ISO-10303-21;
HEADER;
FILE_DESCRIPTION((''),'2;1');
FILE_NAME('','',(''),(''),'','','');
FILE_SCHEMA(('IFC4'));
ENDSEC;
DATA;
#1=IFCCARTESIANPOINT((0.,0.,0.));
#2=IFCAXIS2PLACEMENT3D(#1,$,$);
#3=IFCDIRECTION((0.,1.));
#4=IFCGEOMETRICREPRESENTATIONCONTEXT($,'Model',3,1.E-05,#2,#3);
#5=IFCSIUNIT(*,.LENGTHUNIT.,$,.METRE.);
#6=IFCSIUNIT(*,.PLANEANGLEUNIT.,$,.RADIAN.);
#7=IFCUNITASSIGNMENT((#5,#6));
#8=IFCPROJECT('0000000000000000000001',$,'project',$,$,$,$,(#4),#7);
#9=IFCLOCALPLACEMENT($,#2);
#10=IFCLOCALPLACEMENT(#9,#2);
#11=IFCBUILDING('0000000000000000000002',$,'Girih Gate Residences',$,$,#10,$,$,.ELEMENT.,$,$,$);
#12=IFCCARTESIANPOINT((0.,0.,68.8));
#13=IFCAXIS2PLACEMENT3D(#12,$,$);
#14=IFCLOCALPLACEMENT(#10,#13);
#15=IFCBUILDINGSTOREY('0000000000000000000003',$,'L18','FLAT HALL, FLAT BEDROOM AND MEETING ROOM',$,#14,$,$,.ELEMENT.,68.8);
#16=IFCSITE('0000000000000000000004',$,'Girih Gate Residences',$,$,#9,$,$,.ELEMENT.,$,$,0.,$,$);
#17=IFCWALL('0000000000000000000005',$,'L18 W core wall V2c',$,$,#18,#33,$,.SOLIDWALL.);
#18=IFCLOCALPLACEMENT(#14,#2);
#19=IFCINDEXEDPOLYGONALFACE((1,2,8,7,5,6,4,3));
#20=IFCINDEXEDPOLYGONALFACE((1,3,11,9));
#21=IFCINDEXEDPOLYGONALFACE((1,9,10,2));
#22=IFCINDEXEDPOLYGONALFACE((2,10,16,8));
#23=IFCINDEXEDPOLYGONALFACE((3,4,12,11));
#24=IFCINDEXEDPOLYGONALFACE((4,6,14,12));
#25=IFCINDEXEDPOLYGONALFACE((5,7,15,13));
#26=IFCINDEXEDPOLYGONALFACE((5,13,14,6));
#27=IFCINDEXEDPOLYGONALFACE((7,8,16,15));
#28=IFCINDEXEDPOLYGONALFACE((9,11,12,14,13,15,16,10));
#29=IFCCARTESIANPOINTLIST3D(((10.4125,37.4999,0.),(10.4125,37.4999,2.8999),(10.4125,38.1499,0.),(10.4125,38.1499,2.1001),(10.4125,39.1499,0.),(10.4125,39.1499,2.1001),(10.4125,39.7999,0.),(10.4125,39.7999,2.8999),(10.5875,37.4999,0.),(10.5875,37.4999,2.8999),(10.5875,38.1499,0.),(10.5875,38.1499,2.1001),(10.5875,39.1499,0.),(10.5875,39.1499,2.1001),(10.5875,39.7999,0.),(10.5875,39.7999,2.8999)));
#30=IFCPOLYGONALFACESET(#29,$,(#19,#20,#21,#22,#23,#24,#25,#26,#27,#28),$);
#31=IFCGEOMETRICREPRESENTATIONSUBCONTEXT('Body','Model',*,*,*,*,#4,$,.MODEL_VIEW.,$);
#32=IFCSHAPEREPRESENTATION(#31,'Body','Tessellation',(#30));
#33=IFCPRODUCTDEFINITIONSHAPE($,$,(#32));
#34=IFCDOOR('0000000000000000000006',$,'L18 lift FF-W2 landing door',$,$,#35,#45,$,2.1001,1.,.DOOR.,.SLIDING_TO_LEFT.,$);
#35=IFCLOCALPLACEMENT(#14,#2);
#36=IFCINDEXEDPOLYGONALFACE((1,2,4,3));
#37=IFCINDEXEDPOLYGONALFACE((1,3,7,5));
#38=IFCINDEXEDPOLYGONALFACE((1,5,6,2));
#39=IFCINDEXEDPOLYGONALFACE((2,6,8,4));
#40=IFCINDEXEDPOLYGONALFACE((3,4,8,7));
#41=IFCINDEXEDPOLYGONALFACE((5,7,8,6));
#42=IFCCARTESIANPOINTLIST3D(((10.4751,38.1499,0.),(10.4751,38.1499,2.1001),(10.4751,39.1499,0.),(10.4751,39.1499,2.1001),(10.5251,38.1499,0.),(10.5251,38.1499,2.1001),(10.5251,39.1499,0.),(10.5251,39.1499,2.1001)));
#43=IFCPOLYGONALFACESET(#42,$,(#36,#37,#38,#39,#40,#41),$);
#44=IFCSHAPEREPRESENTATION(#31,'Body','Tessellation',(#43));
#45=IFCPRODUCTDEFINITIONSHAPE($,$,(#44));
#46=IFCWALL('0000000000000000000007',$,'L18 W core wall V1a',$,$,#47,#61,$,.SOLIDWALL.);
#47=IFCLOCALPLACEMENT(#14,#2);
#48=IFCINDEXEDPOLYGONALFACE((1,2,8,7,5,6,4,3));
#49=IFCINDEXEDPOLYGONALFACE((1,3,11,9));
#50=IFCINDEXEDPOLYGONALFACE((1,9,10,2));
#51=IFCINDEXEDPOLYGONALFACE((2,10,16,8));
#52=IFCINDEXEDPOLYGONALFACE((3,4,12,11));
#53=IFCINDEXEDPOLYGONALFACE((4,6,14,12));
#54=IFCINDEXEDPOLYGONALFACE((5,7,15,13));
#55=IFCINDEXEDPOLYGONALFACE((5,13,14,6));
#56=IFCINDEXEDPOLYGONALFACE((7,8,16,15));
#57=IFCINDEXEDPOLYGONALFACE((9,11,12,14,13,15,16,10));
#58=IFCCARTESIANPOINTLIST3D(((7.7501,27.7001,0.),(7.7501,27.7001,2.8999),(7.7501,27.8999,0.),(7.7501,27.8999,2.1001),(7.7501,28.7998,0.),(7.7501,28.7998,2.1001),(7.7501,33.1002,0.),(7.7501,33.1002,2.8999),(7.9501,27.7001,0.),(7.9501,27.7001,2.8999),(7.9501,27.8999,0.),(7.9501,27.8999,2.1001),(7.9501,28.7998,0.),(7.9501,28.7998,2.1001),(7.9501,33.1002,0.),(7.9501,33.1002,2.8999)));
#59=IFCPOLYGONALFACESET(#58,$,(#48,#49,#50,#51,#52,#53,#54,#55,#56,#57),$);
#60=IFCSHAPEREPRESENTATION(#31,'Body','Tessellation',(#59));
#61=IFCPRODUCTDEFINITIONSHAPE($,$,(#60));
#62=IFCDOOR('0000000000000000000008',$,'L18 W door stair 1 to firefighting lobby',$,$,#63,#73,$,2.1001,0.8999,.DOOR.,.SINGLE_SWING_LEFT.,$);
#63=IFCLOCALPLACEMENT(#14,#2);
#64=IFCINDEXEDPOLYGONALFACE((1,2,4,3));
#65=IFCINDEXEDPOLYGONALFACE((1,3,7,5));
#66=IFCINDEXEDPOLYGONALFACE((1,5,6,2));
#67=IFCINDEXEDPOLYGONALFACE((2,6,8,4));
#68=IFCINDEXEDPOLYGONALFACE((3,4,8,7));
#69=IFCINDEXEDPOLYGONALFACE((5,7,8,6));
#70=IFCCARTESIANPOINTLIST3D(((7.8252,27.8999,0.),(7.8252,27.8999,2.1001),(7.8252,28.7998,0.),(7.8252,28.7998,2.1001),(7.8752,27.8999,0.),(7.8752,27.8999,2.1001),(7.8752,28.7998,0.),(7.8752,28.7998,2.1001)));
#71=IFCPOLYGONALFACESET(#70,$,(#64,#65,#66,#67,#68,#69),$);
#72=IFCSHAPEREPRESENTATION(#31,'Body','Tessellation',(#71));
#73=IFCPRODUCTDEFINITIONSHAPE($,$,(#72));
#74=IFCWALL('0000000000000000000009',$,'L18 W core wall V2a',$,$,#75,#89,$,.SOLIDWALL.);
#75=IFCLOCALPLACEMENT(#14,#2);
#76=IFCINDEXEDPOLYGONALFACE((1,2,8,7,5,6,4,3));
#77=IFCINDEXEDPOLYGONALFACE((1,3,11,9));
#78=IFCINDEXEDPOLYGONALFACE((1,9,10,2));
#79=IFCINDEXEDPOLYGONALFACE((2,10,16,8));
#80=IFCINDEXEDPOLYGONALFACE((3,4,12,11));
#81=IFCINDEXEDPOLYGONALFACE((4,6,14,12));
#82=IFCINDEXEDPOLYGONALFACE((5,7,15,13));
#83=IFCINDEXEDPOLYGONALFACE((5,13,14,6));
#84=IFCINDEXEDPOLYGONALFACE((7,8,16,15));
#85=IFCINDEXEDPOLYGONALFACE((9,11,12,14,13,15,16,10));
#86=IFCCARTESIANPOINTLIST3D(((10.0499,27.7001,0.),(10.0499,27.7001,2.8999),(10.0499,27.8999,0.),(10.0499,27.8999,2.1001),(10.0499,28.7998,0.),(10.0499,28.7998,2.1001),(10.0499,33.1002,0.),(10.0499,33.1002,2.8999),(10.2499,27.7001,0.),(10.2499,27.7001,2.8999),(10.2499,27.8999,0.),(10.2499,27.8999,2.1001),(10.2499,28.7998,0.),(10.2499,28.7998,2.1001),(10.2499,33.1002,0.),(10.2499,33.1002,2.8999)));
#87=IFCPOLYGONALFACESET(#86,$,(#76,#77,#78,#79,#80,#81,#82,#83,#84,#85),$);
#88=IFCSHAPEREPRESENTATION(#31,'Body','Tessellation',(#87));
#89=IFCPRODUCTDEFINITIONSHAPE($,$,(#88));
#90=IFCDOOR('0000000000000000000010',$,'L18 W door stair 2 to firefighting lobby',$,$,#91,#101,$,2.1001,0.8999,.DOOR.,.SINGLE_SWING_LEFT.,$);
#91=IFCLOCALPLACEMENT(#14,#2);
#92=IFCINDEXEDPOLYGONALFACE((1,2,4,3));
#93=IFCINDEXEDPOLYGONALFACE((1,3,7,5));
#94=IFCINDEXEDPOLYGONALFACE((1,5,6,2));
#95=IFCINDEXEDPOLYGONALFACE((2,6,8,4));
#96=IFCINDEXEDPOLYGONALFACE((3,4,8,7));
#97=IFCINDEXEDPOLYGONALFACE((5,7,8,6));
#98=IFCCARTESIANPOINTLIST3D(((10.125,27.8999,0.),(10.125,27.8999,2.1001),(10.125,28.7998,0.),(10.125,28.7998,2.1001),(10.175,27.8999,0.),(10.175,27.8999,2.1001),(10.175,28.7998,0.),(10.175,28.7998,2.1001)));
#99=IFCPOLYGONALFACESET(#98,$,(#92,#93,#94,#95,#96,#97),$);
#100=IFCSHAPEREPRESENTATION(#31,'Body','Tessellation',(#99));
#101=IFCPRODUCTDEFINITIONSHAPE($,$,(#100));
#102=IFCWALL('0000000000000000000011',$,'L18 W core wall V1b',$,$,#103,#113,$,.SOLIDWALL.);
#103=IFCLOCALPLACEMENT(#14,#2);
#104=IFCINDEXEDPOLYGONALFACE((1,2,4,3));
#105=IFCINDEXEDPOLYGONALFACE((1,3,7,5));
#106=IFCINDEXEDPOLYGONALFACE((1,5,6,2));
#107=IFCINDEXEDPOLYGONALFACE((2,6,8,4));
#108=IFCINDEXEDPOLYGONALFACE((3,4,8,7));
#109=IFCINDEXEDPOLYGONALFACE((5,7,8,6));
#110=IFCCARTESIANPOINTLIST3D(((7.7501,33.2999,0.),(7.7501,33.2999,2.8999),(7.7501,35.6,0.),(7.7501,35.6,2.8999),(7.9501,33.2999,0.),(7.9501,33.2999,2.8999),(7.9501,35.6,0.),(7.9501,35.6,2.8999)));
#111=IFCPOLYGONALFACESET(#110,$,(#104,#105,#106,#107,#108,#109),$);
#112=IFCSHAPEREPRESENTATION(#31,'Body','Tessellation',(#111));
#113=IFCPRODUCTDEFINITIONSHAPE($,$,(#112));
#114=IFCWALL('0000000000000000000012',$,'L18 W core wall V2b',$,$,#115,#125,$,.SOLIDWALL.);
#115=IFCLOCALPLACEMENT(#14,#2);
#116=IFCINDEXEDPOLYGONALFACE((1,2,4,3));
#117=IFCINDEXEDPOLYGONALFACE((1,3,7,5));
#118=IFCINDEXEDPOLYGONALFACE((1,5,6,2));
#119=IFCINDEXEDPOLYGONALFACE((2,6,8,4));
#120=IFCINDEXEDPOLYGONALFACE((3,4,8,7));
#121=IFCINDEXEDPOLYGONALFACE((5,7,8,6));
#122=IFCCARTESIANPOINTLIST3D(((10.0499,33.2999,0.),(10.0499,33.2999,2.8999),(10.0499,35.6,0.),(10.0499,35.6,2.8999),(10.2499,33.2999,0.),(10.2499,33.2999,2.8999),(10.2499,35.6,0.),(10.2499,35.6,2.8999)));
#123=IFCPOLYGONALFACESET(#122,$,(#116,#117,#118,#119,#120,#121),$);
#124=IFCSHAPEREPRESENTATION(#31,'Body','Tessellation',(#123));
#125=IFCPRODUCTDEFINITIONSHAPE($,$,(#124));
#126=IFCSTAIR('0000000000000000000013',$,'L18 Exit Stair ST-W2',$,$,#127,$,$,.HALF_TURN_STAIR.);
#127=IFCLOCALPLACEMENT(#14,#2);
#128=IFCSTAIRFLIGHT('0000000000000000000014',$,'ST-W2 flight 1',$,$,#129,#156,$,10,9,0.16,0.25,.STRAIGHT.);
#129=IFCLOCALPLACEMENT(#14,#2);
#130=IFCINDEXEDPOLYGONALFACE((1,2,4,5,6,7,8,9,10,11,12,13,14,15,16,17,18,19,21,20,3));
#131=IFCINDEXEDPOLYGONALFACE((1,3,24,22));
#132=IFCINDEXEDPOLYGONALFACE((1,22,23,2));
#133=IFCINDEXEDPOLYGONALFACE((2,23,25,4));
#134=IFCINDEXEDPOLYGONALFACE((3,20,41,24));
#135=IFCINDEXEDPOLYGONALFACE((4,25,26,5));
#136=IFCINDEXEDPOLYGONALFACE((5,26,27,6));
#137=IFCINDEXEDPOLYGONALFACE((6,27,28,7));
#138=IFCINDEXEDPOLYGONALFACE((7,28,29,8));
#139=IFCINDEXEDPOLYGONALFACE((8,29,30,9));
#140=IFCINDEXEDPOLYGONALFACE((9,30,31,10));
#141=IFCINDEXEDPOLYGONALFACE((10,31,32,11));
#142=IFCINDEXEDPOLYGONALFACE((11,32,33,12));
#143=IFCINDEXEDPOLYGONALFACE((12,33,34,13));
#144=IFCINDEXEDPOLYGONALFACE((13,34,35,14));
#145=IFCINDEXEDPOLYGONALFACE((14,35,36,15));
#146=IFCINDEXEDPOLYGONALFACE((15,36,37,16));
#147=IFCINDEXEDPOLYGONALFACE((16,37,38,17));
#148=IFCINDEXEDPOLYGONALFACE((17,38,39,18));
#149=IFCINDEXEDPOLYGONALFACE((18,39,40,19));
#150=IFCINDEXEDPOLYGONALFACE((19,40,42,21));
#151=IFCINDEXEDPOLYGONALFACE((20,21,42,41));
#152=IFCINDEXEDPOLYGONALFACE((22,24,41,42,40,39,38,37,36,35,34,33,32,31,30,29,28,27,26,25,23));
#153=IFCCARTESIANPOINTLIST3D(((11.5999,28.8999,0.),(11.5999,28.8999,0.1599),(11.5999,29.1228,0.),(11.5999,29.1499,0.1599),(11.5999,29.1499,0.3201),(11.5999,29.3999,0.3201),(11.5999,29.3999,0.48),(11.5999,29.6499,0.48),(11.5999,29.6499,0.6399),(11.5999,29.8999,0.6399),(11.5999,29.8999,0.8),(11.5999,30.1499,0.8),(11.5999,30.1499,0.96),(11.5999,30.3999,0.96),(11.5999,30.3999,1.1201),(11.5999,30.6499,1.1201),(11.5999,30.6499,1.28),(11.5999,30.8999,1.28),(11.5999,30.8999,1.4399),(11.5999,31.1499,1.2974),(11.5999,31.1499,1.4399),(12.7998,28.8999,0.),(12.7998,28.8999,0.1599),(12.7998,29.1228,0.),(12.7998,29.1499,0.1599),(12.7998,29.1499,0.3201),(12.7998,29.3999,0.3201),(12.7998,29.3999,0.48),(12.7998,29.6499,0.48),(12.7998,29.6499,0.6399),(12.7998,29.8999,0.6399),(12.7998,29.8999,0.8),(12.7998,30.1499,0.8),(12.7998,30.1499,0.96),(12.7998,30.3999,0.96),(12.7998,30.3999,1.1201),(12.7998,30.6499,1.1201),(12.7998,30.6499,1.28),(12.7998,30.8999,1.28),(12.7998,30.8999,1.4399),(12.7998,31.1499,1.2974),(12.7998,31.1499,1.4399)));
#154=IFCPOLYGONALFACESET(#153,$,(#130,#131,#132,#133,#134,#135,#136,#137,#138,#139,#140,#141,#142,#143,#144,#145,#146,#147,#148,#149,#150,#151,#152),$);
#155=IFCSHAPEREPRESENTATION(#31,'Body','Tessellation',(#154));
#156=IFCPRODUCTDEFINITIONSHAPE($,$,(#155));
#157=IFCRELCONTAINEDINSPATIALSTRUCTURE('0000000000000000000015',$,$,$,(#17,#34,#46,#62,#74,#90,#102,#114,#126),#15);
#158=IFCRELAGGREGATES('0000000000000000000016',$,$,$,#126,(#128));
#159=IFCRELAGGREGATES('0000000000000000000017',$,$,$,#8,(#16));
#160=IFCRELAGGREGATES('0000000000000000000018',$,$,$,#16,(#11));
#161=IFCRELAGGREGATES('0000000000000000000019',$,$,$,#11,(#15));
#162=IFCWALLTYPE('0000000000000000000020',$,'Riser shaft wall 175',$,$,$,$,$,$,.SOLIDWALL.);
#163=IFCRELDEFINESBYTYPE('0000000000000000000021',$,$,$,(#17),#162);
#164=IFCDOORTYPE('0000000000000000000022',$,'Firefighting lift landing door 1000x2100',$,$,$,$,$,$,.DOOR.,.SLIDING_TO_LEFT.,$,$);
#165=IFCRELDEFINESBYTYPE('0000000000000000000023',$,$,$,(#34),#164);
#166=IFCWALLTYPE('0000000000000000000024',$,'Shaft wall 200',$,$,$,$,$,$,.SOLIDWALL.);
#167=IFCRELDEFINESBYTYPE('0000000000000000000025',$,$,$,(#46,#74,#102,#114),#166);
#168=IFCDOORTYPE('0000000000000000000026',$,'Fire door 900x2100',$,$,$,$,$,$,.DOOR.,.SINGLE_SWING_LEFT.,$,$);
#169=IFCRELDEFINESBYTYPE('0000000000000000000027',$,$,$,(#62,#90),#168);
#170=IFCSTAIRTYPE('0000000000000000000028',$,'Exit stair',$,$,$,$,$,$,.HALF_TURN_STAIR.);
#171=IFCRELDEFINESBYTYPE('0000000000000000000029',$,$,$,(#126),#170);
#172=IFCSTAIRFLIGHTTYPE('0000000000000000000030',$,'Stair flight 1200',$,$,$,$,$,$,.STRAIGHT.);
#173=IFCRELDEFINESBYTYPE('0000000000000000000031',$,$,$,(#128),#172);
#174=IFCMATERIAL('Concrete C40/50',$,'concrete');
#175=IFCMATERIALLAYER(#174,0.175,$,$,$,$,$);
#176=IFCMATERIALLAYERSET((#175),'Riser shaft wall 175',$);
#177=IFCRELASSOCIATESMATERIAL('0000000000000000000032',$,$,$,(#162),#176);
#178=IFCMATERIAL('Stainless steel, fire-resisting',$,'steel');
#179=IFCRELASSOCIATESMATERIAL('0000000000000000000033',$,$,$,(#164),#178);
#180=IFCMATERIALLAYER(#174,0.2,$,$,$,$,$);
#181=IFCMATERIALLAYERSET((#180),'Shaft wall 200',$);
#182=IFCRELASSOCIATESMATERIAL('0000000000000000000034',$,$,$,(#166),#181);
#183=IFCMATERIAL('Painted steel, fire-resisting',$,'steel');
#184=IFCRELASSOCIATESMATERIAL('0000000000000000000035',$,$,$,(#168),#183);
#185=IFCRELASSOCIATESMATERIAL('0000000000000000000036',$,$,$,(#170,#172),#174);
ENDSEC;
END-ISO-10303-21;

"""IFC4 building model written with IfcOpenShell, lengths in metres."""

from ifc_helpers import new_model, si_unit, direction, frame, frame_2d, origin, place, context, subcontext, project, spatial, polyline, rectangle, outline, extrude, material, layer, layer_set, type_object, element, fill, aggregate, save


model = new_model("IFC4")

# Units and contexts
model_context = context("Model", 3, precision=1e-05, world=origin(), true_north=direction((0.0, 1.0)))
body_context = subcontext(model_context, "Body", "Model", "MODEL_VIEW")
ifc_project = project(units=[si_unit("LENGTHUNIT", "METRE"), si_unit("PLANEANGLEUNIT", "RADIAN")], contexts=[model_context])

# Site, building, storey
site_placement = place(None, origin())
site = spatial("IfcSite", under=ifc_project, at=site_placement, Name="Girih Gate Residences", CompositionType="ELEMENT", RefElevation=0.0)
building_placement = place(site_placement, origin())
building = spatial("IfcBuilding", under=site, at=building_placement, Name="Girih Gate Residences", CompositionType="ELEMENT")
storey_placement = place(building_placement, frame((0.0, 0.0, 68.8)))
storey = spatial("IfcBuildingStorey", under=building, at=storey_placement, Name="L18", Description="FLAT HALL, FLAT BEDROOM AND MEETING ROOM", CompositionType="ELEMENT", Elevation=68.8)

# Shared definitions
ifc_material_1 = material(Name="Painted steel, fire-resisting", Category="steel")

# Walls, openings, doors
ifc_material_2 = material(Name="Concrete C40/50", Category="concrete")
ifc_layer_1 = layer(ifc_material_2, 0.175)
ifc_layer_set_1 = layer_set([ifc_layer_1], Name="Riser shaft wall 175")
wall_type_1 = type_object("IfcWallType", Name="Riser shaft wall 175", PredefinedType="SOLIDWALL", material=ifc_layer_set_1)
wall_1_placement = place(storey_placement, frame((10.5, 37.5, 0.0), z_axis=(0.0, 0.0, 1.0), x_axis=(0.0, 1.0, 0.0)))
wall_1 = element("IfcWall", 1, at=wall_1_placement, inside=storey, type_object=wall_type_1, Name="L18 W core wall V2c", PredefinedType="SOLIDWALL", context=body_context, shape_type="SweptSolid", body=[
    extrude(rectangle(XDim=2.3, YDim=0.175, at=frame_2d((1.1499, 0.0))), origin(), (0.0, 0.0, 1.0), 2.8999),
])
opening_1_placement = place(wall_1_placement, frame((0.6499, 0.0, 0.0)))
opening_1 = element("IfcOpeningElement", 2, at=opening_1_placement, cuts=wall_1, PredefinedType="OPENING", context=body_context, shape_type="SweptSolid", body=[
    extrude(rectangle(XDim=1.0, YDim=2.1001, at=frame_2d((0.5, 1.05))), frame((0.0, 0.0974, 0.0), z_axis=(0.0, -1.0, 0.0), x_axis=(1.0, 0.0, 0.0)), (0.0, 0.0, 1.0), 0.1951),
])
ifc_material_3 = material(Name="Stainless steel, fire-resisting", Category="steel")
door_type_1 = type_object("IfcDoorType", Name="Firefighting lift landing door 1000x2100", OperationType="SLIDING_TO_LEFT", PredefinedType="DOOR", material=ifc_material_3)
door_1_placement = place(opening_1_placement, origin())
door_1 = element("IfcDoor", 3, at=door_1_placement, inside=storey, type_object=door_type_1, Name="L18 lift FF-W2 landing door", OperationType="SLIDING_TO_LEFT", OverallHeight=2.1001, OverallWidth=1.0, PredefinedType="DOOR", context=body_context, shape_type="SweptSolid", body=[
    extrude(rectangle(XDim=1.0, YDim=2.1001, at=frame_2d((0.5, 1.05))), frame((0.0, 0.0249, 0.0), z_axis=(0.0, -1.0, 0.0), x_axis=(1.0, 0.0, 0.0)), (0.0, 0.0, 1.0), 0.05),
])
fill(opening_1, door_1)
ifc_layer_2 = layer(ifc_material_2, 0.2)
ifc_layer_set_2 = layer_set([ifc_layer_2], Name="Shaft wall 200")
wall_type_2 = type_object("IfcWallType", Name="Shaft wall 200", PredefinedType="SOLIDWALL", material=ifc_layer_set_2)
wall_2_placement = place(storey_placement, frame((7.8501, 27.7, 0.0), z_axis=(0.0, 0.0, 1.0), x_axis=(0.0, 1.0, 0.0)))
wall_2 = element("IfcWall", 4, at=wall_2_placement, inside=storey, type_object=wall_type_2, Name="L18 W core wall V1a", PredefinedType="SOLIDWALL", context=body_context, shape_type="SweptSolid", body=[
    extrude(rectangle(XDim=5.4001, YDim=0.2, at=frame_2d((2.7002, 0.0))), origin(), (0.0, 0.0, 1.0), 2.8999),
])
opening_2_placement = place(wall_2_placement, frame((0.2, 0.0, 0.0)))
opening_2 = element("IfcOpeningElement", 5, at=opening_2_placement, cuts=wall_2, PredefinedType="OPENING", context=body_context, shape_type="SweptSolid", body=[
    extrude(rectangle(XDim=0.8999, YDim=2.1001, at=frame_2d((0.45, 1.05))), frame((0.0, 0.1099, 0.0), z_axis=(0.0, -1.0, 0.0), x_axis=(1.0, 0.0, 0.0)), (0.0, 0.0, 1.0), 0.22),
])
door_type_2 = type_object("IfcDoorType", Name="Fire door 900x2100", OperationType="SINGLE_SWING_LEFT", PredefinedType="DOOR", material=ifc_material_1)
door_2_placement = place(opening_2_placement, origin())
door_2 = element("IfcDoor", 6, at=door_2_placement, inside=storey, type_object=door_type_2, Name="L18 W door stair 1 to firefighting lobby", OperationType="SINGLE_SWING_LEFT", OverallHeight=2.1001, OverallWidth=0.8999, PredefinedType="DOOR", context=body_context, shape_type="SweptSolid", body=[
    extrude(rectangle(XDim=0.8999, YDim=2.1001, at=frame_2d((0.45, 1.05))), frame((0.0, 0.0249, 0.0), z_axis=(0.0, -1.0, 0.0), x_axis=(1.0, 0.0, 0.0)), (0.0, 0.0, 1.0), 0.05),
])
fill(opening_2, door_2)
wall_3_placement = place(storey_placement, frame((10.1499, 27.7, 0.0), z_axis=(0.0, 0.0, 1.0), x_axis=(0.0, 1.0, 0.0)))
wall_3 = element("IfcWall", 7, at=wall_3_placement, inside=storey, type_object=wall_type_2, Name="L18 W core wall V2a", PredefinedType="SOLIDWALL", context=body_context, shape_type="SweptSolid", body=[
    extrude(rectangle(XDim=5.4001, YDim=0.2, at=frame_2d((2.7002, 0.0))), origin(), (0.0, 0.0, 1.0), 2.8999),
])
opening_3_placement = place(wall_3_placement, frame((0.2, 0.0, 0.0)))
opening_3 = element("IfcOpeningElement", 8, at=opening_3_placement, cuts=wall_3, PredefinedType="OPENING", context=body_context, shape_type="SweptSolid", body=[
    extrude(rectangle(XDim=0.8999, YDim=2.1001, at=frame_2d((0.45, 1.05))), frame((0.0, 0.1099, 0.0), z_axis=(0.0, -1.0, 0.0), x_axis=(1.0, 0.0, 0.0)), (0.0, 0.0, 1.0), 0.22),
])
door_3_placement = place(opening_3_placement, origin())
door_3 = element("IfcDoor", 9, at=door_3_placement, inside=storey, type_object=door_type_2, Name="L18 W door stair 2 to firefighting lobby", OperationType="SINGLE_SWING_LEFT", OverallHeight=2.1001, OverallWidth=0.8999, PredefinedType="DOOR", context=body_context, shape_type="SweptSolid", body=[
    extrude(rectangle(XDim=0.8999, YDim=2.1001, at=frame_2d((0.45, 1.05))), frame((0.0, 0.0249, 0.0), z_axis=(0.0, -1.0, 0.0), x_axis=(1.0, 0.0, 0.0)), (0.0, 0.0, 1.0), 0.05),
])
fill(opening_3, door_3)

# Walls
for number, where, z_axis, x_axis, name in (
    (10, (7.8501, 33.3, 0.0), (0.0, 0.0, 1.0), (0.0, 1.0, 0.0), "L18 W core wall V1b"),
    (11, (10.1499, 33.3, 0.0), (0.0, 0.0, 1.0), (0.0, 1.0, 0.0), "L18 W core wall V2b"),
):
    element("IfcWall", number, at=place(storey_placement, frame(where, z_axis=z_axis, x_axis=x_axis)), inside=storey, type_object=wall_type_2, Name=name, PredefinedType="SOLIDWALL", context=body_context, shape_type="SweptSolid", body=[
        extrude(rectangle(XDim=2.3, YDim=0.2, at=frame_2d((1.1499, 0.0))), origin(), (0.0, 0.0, 1.0), 2.8999),
    ])

# Stair, stair flight
stair_type = type_object("IfcStairType", Name="Exit stair", PredefinedType="HALF_TURN_STAIR", material=ifc_material_2)
stair_placement = place(storey_placement, origin())
stair = element("IfcStair", 12, at=stair_placement, inside=storey, type_object=stair_type, Name="L18 Exit Stair ST-W2", PredefinedType="HALF_TURN_STAIR")
stair_flight_type = type_object("IfcStairFlightType", Name="Stair flight 1200", PredefinedType="STRAIGHT", material=ifc_material_2)
stair_flight_1_placement = place(storey_placement, frame((12.2, 28.8999, 0.0), z_axis=(0.0, 0.0, 1.0), x_axis=(0.0, 1.0, 0.0)))
stair_flight_1 = element("IfcStairFlight", 13, at=stair_flight_1_placement, type_object=stair_flight_type, Name="ST-W2 flight 1", NumberOfRisers=10, NumberOfTreads=9, PredefinedType="STRAIGHT", RiserHeight=0.16, TreadLength=0.25, context=body_context, shape_type="SweptSolid", body=[
    extrude(outline(polyline([(0.0, 0.0), (0.0, 0.1599), (0.25, 0.1599), (0.25, 0.3201), (0.5, 0.3201), (0.5, 0.48), (0.75, 0.48), (0.75, 0.6399), (1.0, 0.6399), (1.0, 0.8), (1.25, 0.8), (1.25, 0.96), (1.5, 0.96), (1.5, 1.1201), (1.75, 1.1201), (1.75, 1.28), (2.0, 1.28), (2.0, 1.4399), (2.25, 1.4399), (2.25, 1.6001), (2.25, 1.2974), (0.2229, 0.0), (0.0, 0.0)])), frame((0.0, 0.6001, 0.0), z_axis=(0.0, -1.0, 0.0), x_axis=(1.0, 0.0, 0.0)), (0.0, 0.0, 1.0), 1.2),
])
aggregate(stair, [stair_flight_1])

save(model, "model.ifc")
